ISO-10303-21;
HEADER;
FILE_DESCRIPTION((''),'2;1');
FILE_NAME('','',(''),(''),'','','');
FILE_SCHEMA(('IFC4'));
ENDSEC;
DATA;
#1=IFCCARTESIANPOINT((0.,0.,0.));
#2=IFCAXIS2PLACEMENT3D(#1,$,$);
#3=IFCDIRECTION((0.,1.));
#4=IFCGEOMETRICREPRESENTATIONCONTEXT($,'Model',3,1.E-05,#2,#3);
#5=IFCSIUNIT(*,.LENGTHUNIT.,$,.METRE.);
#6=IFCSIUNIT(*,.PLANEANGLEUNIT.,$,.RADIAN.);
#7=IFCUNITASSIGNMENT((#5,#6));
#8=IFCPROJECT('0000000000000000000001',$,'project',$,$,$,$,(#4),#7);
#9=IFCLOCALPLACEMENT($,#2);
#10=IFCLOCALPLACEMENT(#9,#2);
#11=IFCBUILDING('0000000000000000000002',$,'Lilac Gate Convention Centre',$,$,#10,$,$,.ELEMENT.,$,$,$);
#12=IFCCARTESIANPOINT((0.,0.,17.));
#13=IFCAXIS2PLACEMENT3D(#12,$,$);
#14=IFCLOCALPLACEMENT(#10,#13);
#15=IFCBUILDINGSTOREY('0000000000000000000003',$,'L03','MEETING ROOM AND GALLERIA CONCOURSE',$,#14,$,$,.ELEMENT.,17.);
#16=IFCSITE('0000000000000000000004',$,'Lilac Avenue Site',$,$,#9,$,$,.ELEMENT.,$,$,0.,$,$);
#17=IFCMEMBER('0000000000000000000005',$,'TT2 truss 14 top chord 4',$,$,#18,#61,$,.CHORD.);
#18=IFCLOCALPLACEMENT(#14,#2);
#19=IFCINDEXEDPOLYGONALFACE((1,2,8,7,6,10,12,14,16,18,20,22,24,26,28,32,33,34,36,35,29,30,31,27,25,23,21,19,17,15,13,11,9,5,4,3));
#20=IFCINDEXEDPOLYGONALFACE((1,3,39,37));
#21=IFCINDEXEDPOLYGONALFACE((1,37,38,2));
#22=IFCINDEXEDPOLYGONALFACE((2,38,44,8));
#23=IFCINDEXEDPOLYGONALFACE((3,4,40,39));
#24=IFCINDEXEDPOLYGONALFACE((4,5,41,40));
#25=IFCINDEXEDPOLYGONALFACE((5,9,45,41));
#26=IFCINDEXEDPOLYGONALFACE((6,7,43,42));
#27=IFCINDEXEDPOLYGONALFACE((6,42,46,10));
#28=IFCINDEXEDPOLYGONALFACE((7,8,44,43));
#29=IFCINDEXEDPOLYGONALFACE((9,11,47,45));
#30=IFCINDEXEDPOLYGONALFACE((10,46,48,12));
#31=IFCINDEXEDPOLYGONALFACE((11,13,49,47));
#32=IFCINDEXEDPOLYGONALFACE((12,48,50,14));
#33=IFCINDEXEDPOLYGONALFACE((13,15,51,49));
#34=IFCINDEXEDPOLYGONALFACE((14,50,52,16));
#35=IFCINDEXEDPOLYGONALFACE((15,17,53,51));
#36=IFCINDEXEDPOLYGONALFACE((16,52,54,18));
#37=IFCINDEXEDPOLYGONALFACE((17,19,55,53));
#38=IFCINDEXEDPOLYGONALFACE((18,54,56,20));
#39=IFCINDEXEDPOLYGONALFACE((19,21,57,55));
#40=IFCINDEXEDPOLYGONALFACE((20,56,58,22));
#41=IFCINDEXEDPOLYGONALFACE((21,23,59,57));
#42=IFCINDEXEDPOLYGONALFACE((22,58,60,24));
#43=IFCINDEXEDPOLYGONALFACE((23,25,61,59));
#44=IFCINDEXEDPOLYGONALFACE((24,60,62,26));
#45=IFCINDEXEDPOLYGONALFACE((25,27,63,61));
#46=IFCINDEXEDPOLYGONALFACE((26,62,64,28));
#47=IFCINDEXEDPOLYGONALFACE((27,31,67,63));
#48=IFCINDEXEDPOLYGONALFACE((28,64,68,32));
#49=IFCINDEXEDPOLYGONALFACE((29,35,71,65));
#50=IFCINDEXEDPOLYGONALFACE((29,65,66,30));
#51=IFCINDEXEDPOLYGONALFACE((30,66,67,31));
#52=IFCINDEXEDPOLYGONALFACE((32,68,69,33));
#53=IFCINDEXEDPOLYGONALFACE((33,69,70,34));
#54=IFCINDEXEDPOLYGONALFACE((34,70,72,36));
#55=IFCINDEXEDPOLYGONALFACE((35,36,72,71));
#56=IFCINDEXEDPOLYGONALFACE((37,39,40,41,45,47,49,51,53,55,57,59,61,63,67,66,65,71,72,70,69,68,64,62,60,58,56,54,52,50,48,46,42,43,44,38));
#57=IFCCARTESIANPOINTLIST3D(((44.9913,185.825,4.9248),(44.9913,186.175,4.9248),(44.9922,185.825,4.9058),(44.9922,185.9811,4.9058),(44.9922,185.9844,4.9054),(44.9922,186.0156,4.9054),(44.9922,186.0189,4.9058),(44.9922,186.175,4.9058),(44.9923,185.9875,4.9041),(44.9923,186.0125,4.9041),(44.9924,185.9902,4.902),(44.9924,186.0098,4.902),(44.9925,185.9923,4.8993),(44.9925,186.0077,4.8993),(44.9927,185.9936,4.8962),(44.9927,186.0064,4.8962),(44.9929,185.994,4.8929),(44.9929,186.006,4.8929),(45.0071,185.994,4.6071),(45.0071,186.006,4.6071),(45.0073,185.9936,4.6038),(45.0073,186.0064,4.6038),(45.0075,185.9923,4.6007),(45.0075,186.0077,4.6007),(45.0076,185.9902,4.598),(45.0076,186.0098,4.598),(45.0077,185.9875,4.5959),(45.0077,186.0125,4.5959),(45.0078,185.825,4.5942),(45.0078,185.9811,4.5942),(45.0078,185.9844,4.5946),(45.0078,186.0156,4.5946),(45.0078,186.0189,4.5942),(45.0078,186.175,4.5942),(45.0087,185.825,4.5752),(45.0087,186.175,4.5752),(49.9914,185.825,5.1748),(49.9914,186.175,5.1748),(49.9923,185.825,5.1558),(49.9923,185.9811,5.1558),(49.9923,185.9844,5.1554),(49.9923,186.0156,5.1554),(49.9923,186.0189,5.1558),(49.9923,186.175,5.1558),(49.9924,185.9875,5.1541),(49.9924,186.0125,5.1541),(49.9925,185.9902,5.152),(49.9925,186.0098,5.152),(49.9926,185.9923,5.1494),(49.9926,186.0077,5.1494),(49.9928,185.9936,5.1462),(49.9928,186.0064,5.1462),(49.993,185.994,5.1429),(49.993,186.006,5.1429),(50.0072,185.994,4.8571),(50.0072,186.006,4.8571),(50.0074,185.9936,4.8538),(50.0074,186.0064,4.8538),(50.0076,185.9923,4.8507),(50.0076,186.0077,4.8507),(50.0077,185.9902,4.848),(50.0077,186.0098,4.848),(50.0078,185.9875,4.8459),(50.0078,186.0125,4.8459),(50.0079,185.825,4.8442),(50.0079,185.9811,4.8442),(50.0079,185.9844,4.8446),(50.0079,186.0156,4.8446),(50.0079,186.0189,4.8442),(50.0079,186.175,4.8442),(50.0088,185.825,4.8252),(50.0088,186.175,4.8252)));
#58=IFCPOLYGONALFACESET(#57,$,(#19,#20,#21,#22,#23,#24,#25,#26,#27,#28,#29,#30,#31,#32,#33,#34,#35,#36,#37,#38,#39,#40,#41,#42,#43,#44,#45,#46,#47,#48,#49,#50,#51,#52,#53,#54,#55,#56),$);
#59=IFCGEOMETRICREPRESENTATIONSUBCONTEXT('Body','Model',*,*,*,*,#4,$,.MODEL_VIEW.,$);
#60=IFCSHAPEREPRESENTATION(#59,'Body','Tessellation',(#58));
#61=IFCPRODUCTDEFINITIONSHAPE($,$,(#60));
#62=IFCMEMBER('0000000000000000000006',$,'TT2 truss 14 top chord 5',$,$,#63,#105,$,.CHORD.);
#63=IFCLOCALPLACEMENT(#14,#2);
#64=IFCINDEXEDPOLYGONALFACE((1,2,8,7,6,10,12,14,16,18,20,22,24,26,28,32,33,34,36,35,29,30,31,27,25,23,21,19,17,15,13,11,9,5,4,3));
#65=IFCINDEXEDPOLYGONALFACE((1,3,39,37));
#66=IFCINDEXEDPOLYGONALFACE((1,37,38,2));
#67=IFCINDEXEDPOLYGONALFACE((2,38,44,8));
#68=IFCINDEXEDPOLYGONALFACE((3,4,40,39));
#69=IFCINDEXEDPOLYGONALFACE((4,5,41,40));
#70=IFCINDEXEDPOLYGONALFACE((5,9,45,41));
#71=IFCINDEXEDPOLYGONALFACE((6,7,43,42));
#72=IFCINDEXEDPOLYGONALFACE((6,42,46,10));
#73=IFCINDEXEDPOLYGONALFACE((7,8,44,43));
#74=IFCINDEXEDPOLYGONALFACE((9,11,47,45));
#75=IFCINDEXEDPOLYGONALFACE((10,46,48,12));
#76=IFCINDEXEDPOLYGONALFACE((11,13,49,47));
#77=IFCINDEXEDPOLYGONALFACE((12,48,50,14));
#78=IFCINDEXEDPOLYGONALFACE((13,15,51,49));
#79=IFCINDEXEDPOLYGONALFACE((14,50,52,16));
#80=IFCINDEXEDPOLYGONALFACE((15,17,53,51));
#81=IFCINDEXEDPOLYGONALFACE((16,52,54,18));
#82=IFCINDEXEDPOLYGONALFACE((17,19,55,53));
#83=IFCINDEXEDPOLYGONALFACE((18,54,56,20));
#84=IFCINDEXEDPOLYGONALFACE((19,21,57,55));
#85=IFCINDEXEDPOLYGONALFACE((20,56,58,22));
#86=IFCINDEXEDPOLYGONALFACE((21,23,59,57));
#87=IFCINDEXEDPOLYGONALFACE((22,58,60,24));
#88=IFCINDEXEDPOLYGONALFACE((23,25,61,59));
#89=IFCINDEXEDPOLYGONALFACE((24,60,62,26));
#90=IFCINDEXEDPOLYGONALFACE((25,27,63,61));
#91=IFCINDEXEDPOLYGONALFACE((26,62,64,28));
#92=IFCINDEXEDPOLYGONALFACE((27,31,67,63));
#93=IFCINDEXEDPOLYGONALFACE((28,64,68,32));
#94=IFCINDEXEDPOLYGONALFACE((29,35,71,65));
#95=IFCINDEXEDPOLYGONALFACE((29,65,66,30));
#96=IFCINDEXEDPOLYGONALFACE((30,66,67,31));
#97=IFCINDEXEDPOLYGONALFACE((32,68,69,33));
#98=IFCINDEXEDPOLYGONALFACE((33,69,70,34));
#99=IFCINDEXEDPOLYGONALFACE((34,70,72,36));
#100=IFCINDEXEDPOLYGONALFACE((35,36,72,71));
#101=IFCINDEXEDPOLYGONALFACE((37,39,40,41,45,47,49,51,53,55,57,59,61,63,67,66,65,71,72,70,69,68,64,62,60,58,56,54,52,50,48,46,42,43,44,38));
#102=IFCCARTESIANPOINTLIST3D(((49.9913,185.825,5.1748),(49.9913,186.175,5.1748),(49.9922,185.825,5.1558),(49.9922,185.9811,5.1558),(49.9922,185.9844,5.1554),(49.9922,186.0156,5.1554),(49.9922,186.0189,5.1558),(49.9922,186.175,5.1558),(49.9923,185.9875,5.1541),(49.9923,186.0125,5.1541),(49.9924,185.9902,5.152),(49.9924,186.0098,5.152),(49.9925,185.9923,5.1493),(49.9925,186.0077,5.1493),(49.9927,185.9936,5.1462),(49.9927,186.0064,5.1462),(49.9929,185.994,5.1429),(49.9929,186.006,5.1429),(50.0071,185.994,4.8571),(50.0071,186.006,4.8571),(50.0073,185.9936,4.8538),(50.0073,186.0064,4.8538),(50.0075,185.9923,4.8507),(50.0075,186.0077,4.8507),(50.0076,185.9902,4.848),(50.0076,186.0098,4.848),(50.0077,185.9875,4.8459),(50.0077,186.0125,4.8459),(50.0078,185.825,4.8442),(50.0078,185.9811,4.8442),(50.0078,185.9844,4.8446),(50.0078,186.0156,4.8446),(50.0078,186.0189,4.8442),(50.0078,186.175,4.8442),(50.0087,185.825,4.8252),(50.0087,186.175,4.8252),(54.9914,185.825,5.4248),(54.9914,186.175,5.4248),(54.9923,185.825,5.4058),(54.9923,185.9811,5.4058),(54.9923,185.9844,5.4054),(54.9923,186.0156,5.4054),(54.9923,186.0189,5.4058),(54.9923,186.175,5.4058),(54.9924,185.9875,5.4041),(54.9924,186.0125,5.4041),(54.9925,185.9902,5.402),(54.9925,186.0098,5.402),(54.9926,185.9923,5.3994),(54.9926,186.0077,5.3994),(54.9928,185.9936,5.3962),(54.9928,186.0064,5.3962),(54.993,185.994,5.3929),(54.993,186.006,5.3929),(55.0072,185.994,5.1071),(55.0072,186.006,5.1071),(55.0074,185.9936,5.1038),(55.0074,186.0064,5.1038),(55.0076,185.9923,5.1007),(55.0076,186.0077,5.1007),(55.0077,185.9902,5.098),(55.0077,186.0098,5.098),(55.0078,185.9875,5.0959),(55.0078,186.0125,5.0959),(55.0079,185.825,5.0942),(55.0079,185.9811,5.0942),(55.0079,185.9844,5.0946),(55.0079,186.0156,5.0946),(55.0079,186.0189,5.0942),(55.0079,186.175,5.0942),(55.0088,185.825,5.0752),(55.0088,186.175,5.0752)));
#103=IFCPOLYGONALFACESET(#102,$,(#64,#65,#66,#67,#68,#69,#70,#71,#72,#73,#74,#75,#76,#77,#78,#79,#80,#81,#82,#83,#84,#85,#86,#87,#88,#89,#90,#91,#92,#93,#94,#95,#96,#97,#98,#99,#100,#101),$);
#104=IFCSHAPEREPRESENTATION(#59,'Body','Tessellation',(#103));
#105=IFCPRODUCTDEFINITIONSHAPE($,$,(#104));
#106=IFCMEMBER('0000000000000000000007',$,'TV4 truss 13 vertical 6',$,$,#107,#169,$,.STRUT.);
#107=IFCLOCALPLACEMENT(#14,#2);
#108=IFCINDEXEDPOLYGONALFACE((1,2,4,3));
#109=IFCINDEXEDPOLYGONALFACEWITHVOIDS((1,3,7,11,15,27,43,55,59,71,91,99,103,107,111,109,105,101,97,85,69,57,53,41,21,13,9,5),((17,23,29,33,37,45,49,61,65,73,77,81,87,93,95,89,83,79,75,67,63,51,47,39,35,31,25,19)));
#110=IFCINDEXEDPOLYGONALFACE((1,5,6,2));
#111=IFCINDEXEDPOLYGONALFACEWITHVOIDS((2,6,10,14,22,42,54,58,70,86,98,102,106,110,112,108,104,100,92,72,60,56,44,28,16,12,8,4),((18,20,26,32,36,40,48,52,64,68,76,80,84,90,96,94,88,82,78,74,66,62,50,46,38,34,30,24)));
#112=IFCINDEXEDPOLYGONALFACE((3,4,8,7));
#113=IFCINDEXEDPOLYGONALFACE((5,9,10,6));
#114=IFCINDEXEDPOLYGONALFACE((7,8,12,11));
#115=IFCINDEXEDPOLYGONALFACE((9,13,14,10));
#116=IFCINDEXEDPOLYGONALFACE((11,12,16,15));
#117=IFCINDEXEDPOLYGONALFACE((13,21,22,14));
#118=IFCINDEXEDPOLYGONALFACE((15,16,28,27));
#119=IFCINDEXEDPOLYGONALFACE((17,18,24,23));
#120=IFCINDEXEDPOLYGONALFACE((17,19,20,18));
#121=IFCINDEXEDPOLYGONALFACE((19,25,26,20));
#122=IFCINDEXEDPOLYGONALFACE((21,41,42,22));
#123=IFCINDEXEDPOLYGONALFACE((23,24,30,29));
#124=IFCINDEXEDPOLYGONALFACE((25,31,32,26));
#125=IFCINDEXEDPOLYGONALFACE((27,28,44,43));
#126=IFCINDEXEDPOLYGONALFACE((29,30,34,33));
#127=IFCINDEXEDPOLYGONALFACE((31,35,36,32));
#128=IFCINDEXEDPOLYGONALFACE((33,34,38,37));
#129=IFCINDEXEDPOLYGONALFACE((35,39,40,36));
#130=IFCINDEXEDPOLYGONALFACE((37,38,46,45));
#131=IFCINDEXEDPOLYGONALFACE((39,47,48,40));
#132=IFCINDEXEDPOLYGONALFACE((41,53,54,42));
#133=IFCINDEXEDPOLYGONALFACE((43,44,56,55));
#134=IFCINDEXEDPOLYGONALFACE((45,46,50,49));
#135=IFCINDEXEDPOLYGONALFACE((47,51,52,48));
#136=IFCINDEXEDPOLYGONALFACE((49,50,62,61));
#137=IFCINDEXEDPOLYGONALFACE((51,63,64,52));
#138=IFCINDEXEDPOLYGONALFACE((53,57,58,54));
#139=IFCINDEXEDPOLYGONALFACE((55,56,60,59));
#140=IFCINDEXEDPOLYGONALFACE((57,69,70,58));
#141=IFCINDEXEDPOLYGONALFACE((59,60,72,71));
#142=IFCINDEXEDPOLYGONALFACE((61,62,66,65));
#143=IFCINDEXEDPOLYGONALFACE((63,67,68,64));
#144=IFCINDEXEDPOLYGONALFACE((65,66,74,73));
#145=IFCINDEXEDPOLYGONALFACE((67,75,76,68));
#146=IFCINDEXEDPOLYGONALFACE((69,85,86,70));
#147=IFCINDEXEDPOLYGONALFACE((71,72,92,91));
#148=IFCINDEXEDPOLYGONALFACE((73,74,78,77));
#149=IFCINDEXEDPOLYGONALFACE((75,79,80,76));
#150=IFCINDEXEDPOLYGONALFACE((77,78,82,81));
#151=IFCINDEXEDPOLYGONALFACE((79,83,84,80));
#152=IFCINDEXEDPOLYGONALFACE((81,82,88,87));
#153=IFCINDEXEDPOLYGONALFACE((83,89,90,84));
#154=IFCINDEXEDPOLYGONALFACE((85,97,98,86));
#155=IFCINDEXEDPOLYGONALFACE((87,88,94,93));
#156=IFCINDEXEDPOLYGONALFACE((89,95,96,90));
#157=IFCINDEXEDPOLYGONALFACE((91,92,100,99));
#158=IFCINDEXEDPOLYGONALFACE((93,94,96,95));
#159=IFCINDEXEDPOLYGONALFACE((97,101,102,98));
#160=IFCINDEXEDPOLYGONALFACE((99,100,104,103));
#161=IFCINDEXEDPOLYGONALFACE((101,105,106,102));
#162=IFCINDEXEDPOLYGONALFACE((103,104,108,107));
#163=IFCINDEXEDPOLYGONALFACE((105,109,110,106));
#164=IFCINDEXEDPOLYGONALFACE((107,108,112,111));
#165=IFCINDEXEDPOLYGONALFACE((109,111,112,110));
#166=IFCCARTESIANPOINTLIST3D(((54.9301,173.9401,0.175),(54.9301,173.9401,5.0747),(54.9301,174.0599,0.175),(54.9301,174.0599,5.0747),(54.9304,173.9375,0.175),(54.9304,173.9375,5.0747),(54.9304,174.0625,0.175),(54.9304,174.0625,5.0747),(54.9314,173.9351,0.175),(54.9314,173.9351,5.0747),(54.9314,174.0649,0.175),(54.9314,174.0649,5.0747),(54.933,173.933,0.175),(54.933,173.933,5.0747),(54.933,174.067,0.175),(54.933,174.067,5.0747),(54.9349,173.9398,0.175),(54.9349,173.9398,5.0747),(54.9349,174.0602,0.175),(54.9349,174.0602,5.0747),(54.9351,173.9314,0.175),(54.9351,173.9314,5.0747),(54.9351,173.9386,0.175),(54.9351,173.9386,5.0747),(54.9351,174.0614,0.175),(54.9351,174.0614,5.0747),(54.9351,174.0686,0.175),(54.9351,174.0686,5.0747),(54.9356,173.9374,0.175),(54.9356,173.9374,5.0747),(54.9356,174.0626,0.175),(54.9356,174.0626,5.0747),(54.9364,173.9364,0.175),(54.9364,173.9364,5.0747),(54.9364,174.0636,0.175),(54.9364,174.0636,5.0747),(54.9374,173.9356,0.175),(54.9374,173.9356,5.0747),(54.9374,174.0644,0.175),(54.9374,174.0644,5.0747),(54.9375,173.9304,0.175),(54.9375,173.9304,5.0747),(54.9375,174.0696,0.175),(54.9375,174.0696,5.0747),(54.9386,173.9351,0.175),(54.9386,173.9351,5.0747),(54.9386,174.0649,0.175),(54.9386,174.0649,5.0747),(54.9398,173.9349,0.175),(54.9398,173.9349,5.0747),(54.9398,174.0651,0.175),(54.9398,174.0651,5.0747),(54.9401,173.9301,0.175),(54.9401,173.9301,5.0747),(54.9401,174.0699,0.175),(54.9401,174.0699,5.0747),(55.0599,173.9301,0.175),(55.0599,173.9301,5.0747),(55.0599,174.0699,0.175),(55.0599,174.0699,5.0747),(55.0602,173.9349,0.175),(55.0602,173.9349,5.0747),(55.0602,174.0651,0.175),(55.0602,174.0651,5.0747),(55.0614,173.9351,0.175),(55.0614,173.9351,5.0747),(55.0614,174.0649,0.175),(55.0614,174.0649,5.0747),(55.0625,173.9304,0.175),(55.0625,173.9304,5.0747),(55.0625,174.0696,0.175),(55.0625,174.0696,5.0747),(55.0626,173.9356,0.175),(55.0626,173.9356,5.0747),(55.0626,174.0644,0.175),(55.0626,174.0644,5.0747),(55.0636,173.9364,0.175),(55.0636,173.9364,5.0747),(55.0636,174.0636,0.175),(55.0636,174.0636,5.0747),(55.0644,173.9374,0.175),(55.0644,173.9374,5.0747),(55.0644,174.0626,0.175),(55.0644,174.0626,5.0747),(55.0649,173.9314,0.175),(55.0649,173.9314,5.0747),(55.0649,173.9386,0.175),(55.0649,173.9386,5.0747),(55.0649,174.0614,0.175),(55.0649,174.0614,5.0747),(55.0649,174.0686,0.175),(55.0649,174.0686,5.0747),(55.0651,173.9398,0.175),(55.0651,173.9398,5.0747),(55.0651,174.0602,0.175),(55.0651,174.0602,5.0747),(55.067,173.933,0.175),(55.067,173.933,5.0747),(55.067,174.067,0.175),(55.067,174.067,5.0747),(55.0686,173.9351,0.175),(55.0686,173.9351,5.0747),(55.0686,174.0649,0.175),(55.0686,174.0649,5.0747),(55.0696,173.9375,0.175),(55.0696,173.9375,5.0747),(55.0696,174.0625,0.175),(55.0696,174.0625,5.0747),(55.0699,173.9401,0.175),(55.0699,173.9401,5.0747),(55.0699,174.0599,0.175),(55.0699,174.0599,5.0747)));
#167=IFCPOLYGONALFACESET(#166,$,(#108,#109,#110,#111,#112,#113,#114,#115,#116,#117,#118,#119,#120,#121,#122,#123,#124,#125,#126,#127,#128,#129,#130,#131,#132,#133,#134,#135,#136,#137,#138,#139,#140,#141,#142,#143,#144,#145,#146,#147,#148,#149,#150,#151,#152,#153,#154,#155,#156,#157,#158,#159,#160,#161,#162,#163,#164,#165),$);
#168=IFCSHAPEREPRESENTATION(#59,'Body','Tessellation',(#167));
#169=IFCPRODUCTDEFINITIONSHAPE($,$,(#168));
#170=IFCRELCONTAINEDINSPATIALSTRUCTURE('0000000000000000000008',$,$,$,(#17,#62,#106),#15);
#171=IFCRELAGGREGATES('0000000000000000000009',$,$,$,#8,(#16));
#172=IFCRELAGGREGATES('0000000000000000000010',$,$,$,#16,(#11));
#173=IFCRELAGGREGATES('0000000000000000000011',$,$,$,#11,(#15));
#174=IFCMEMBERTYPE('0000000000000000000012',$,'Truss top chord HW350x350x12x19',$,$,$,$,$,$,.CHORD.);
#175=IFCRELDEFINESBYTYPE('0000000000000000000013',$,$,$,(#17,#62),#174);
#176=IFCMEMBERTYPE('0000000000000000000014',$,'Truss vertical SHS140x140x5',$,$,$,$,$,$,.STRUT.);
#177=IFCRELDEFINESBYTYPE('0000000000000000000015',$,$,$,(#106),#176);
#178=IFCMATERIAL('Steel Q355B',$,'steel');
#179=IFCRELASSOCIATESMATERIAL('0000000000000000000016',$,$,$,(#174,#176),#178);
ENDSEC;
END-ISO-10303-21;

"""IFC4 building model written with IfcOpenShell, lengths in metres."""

from ifc_helpers import new_model, si_unit, direction, frame, origin, origin_2d, place, context, subcontext, project, spatial, hollow_rectangle, i_section, extrude, material, material_profile, profile_set, type_object, element, save


model = new_model("IFC4")

# Units and contexts
model_context = context("Model", 3, precision=1e-05, world=origin(), true_north=direction((0.0, 1.0)))
body_context = subcontext(model_context, "Body", "Model", "MODEL_VIEW")
ifc_project = project(units=[si_unit("LENGTHUNIT", "METRE"), si_unit("PLANEANGLEUNIT", "RADIAN")], contexts=[model_context])

# Site, building, storey
site_placement = place(None, origin())
site = spatial("IfcSite", under=ifc_project, at=site_placement, Name="Lilac Avenue Site", CompositionType="ELEMENT", RefElevation=0.0)
building_placement = place(site_placement, origin())
building = spatial("IfcBuilding", under=site, at=building_placement, Name="Lilac Gate Convention Centre", CompositionType="ELEMENT")
storey_placement = place(building_placement, frame((0.0, 0.0, 17.0)))
storey = spatial("IfcBuildingStorey", under=building, at=storey_placement, Name="L03", Description="MEETING ROOM AND GALLERIA CONCOURSE", CompositionType="ELEMENT", Elevation=17.0)

# Members
ifc_material = material(Name="Steel Q355B", Category="steel")
ifc_material_profile_1 = material_profile(ifc_material, i_section(OverallWidth=0.3501, OverallDepth=0.3501, WebThickness=0.012, FlangeThickness=0.019, FilletRadius=0.0129, at=origin_2d()), Name="HW350x350x12x19")
ifc_profile_set_1 = profile_set([ifc_material_profile_1], Name="Steel Q355B")
member_type_1 = type_object("IfcMemberType", Name="Truss top chord HW350x350x12x19", PredefinedType="CHORD", material=ifc_profile_set_1)
for number, where, z_axis, x_axis, name in (
    (1, (45.0, 186.0, 4.75), (0.998752, 0.0, 0.049938), (0.0, 1.0, 0.0), "TT2 truss 14 top chord 4"),
    (2, (50.0, 186.0, 5.0), (0.998752, 0.0, 0.049938), (0.0, 1.0, 0.0), "TT2 truss 14 top chord 5"),
):
    element("IfcMember", number, at=place(storey_placement, frame(where, z_axis=z_axis, x_axis=x_axis)), inside=storey, type_object=member_type_1, Name=name, PredefinedType="CHORD", context=body_context, shape_type="SweptSolid", body=[
        extrude(i_section(OverallWidth=0.3501, OverallDepth=0.3501, WebThickness=0.012, FlangeThickness=0.019, FilletRadius=0.0129, at=origin_2d()), origin(), (0.0, 0.0, 1.0), 5.0063),
    ])
ifc_material_profile_2 = material_profile(ifc_material, hollow_rectangle(XDim=0.1399, YDim=0.1399, WallThickness=0.0049, InnerFilletRadius=0.0049, OuterFilletRadius=0.01, at=origin_2d()), Name="SHS140x140x5")
ifc_profile_set_2 = profile_set([ifc_material_profile_2], Name="Steel Q355B")
member_type_2 = type_object("IfcMemberType", Name="Truss vertical SHS140x140x5", PredefinedType="STRUT", material=ifc_profile_set_2)
member_1_placement = place(storey_placement, frame((55.0, 174.0, 0.175), z_axis=(0.0, 0.0, 1.0), x_axis=(1.0, 0.0, 0.0)))
element("IfcMember", 3, at=member_1_placement, inside=storey, type_object=member_type_2, Name="TV4 truss 13 vertical 6", PredefinedType="STRUT", context=body_context, shape_type="SweptSolid", body=[
    extrude(hollow_rectangle(XDim=0.1399, YDim=0.1399, WallThickness=0.0049, InnerFilletRadius=0.0049, OuterFilletRadius=0.01, at=origin_2d()), origin(), (0.0, 0.0, 1.0), 4.8997),
])

save(model, "model.ifc")
